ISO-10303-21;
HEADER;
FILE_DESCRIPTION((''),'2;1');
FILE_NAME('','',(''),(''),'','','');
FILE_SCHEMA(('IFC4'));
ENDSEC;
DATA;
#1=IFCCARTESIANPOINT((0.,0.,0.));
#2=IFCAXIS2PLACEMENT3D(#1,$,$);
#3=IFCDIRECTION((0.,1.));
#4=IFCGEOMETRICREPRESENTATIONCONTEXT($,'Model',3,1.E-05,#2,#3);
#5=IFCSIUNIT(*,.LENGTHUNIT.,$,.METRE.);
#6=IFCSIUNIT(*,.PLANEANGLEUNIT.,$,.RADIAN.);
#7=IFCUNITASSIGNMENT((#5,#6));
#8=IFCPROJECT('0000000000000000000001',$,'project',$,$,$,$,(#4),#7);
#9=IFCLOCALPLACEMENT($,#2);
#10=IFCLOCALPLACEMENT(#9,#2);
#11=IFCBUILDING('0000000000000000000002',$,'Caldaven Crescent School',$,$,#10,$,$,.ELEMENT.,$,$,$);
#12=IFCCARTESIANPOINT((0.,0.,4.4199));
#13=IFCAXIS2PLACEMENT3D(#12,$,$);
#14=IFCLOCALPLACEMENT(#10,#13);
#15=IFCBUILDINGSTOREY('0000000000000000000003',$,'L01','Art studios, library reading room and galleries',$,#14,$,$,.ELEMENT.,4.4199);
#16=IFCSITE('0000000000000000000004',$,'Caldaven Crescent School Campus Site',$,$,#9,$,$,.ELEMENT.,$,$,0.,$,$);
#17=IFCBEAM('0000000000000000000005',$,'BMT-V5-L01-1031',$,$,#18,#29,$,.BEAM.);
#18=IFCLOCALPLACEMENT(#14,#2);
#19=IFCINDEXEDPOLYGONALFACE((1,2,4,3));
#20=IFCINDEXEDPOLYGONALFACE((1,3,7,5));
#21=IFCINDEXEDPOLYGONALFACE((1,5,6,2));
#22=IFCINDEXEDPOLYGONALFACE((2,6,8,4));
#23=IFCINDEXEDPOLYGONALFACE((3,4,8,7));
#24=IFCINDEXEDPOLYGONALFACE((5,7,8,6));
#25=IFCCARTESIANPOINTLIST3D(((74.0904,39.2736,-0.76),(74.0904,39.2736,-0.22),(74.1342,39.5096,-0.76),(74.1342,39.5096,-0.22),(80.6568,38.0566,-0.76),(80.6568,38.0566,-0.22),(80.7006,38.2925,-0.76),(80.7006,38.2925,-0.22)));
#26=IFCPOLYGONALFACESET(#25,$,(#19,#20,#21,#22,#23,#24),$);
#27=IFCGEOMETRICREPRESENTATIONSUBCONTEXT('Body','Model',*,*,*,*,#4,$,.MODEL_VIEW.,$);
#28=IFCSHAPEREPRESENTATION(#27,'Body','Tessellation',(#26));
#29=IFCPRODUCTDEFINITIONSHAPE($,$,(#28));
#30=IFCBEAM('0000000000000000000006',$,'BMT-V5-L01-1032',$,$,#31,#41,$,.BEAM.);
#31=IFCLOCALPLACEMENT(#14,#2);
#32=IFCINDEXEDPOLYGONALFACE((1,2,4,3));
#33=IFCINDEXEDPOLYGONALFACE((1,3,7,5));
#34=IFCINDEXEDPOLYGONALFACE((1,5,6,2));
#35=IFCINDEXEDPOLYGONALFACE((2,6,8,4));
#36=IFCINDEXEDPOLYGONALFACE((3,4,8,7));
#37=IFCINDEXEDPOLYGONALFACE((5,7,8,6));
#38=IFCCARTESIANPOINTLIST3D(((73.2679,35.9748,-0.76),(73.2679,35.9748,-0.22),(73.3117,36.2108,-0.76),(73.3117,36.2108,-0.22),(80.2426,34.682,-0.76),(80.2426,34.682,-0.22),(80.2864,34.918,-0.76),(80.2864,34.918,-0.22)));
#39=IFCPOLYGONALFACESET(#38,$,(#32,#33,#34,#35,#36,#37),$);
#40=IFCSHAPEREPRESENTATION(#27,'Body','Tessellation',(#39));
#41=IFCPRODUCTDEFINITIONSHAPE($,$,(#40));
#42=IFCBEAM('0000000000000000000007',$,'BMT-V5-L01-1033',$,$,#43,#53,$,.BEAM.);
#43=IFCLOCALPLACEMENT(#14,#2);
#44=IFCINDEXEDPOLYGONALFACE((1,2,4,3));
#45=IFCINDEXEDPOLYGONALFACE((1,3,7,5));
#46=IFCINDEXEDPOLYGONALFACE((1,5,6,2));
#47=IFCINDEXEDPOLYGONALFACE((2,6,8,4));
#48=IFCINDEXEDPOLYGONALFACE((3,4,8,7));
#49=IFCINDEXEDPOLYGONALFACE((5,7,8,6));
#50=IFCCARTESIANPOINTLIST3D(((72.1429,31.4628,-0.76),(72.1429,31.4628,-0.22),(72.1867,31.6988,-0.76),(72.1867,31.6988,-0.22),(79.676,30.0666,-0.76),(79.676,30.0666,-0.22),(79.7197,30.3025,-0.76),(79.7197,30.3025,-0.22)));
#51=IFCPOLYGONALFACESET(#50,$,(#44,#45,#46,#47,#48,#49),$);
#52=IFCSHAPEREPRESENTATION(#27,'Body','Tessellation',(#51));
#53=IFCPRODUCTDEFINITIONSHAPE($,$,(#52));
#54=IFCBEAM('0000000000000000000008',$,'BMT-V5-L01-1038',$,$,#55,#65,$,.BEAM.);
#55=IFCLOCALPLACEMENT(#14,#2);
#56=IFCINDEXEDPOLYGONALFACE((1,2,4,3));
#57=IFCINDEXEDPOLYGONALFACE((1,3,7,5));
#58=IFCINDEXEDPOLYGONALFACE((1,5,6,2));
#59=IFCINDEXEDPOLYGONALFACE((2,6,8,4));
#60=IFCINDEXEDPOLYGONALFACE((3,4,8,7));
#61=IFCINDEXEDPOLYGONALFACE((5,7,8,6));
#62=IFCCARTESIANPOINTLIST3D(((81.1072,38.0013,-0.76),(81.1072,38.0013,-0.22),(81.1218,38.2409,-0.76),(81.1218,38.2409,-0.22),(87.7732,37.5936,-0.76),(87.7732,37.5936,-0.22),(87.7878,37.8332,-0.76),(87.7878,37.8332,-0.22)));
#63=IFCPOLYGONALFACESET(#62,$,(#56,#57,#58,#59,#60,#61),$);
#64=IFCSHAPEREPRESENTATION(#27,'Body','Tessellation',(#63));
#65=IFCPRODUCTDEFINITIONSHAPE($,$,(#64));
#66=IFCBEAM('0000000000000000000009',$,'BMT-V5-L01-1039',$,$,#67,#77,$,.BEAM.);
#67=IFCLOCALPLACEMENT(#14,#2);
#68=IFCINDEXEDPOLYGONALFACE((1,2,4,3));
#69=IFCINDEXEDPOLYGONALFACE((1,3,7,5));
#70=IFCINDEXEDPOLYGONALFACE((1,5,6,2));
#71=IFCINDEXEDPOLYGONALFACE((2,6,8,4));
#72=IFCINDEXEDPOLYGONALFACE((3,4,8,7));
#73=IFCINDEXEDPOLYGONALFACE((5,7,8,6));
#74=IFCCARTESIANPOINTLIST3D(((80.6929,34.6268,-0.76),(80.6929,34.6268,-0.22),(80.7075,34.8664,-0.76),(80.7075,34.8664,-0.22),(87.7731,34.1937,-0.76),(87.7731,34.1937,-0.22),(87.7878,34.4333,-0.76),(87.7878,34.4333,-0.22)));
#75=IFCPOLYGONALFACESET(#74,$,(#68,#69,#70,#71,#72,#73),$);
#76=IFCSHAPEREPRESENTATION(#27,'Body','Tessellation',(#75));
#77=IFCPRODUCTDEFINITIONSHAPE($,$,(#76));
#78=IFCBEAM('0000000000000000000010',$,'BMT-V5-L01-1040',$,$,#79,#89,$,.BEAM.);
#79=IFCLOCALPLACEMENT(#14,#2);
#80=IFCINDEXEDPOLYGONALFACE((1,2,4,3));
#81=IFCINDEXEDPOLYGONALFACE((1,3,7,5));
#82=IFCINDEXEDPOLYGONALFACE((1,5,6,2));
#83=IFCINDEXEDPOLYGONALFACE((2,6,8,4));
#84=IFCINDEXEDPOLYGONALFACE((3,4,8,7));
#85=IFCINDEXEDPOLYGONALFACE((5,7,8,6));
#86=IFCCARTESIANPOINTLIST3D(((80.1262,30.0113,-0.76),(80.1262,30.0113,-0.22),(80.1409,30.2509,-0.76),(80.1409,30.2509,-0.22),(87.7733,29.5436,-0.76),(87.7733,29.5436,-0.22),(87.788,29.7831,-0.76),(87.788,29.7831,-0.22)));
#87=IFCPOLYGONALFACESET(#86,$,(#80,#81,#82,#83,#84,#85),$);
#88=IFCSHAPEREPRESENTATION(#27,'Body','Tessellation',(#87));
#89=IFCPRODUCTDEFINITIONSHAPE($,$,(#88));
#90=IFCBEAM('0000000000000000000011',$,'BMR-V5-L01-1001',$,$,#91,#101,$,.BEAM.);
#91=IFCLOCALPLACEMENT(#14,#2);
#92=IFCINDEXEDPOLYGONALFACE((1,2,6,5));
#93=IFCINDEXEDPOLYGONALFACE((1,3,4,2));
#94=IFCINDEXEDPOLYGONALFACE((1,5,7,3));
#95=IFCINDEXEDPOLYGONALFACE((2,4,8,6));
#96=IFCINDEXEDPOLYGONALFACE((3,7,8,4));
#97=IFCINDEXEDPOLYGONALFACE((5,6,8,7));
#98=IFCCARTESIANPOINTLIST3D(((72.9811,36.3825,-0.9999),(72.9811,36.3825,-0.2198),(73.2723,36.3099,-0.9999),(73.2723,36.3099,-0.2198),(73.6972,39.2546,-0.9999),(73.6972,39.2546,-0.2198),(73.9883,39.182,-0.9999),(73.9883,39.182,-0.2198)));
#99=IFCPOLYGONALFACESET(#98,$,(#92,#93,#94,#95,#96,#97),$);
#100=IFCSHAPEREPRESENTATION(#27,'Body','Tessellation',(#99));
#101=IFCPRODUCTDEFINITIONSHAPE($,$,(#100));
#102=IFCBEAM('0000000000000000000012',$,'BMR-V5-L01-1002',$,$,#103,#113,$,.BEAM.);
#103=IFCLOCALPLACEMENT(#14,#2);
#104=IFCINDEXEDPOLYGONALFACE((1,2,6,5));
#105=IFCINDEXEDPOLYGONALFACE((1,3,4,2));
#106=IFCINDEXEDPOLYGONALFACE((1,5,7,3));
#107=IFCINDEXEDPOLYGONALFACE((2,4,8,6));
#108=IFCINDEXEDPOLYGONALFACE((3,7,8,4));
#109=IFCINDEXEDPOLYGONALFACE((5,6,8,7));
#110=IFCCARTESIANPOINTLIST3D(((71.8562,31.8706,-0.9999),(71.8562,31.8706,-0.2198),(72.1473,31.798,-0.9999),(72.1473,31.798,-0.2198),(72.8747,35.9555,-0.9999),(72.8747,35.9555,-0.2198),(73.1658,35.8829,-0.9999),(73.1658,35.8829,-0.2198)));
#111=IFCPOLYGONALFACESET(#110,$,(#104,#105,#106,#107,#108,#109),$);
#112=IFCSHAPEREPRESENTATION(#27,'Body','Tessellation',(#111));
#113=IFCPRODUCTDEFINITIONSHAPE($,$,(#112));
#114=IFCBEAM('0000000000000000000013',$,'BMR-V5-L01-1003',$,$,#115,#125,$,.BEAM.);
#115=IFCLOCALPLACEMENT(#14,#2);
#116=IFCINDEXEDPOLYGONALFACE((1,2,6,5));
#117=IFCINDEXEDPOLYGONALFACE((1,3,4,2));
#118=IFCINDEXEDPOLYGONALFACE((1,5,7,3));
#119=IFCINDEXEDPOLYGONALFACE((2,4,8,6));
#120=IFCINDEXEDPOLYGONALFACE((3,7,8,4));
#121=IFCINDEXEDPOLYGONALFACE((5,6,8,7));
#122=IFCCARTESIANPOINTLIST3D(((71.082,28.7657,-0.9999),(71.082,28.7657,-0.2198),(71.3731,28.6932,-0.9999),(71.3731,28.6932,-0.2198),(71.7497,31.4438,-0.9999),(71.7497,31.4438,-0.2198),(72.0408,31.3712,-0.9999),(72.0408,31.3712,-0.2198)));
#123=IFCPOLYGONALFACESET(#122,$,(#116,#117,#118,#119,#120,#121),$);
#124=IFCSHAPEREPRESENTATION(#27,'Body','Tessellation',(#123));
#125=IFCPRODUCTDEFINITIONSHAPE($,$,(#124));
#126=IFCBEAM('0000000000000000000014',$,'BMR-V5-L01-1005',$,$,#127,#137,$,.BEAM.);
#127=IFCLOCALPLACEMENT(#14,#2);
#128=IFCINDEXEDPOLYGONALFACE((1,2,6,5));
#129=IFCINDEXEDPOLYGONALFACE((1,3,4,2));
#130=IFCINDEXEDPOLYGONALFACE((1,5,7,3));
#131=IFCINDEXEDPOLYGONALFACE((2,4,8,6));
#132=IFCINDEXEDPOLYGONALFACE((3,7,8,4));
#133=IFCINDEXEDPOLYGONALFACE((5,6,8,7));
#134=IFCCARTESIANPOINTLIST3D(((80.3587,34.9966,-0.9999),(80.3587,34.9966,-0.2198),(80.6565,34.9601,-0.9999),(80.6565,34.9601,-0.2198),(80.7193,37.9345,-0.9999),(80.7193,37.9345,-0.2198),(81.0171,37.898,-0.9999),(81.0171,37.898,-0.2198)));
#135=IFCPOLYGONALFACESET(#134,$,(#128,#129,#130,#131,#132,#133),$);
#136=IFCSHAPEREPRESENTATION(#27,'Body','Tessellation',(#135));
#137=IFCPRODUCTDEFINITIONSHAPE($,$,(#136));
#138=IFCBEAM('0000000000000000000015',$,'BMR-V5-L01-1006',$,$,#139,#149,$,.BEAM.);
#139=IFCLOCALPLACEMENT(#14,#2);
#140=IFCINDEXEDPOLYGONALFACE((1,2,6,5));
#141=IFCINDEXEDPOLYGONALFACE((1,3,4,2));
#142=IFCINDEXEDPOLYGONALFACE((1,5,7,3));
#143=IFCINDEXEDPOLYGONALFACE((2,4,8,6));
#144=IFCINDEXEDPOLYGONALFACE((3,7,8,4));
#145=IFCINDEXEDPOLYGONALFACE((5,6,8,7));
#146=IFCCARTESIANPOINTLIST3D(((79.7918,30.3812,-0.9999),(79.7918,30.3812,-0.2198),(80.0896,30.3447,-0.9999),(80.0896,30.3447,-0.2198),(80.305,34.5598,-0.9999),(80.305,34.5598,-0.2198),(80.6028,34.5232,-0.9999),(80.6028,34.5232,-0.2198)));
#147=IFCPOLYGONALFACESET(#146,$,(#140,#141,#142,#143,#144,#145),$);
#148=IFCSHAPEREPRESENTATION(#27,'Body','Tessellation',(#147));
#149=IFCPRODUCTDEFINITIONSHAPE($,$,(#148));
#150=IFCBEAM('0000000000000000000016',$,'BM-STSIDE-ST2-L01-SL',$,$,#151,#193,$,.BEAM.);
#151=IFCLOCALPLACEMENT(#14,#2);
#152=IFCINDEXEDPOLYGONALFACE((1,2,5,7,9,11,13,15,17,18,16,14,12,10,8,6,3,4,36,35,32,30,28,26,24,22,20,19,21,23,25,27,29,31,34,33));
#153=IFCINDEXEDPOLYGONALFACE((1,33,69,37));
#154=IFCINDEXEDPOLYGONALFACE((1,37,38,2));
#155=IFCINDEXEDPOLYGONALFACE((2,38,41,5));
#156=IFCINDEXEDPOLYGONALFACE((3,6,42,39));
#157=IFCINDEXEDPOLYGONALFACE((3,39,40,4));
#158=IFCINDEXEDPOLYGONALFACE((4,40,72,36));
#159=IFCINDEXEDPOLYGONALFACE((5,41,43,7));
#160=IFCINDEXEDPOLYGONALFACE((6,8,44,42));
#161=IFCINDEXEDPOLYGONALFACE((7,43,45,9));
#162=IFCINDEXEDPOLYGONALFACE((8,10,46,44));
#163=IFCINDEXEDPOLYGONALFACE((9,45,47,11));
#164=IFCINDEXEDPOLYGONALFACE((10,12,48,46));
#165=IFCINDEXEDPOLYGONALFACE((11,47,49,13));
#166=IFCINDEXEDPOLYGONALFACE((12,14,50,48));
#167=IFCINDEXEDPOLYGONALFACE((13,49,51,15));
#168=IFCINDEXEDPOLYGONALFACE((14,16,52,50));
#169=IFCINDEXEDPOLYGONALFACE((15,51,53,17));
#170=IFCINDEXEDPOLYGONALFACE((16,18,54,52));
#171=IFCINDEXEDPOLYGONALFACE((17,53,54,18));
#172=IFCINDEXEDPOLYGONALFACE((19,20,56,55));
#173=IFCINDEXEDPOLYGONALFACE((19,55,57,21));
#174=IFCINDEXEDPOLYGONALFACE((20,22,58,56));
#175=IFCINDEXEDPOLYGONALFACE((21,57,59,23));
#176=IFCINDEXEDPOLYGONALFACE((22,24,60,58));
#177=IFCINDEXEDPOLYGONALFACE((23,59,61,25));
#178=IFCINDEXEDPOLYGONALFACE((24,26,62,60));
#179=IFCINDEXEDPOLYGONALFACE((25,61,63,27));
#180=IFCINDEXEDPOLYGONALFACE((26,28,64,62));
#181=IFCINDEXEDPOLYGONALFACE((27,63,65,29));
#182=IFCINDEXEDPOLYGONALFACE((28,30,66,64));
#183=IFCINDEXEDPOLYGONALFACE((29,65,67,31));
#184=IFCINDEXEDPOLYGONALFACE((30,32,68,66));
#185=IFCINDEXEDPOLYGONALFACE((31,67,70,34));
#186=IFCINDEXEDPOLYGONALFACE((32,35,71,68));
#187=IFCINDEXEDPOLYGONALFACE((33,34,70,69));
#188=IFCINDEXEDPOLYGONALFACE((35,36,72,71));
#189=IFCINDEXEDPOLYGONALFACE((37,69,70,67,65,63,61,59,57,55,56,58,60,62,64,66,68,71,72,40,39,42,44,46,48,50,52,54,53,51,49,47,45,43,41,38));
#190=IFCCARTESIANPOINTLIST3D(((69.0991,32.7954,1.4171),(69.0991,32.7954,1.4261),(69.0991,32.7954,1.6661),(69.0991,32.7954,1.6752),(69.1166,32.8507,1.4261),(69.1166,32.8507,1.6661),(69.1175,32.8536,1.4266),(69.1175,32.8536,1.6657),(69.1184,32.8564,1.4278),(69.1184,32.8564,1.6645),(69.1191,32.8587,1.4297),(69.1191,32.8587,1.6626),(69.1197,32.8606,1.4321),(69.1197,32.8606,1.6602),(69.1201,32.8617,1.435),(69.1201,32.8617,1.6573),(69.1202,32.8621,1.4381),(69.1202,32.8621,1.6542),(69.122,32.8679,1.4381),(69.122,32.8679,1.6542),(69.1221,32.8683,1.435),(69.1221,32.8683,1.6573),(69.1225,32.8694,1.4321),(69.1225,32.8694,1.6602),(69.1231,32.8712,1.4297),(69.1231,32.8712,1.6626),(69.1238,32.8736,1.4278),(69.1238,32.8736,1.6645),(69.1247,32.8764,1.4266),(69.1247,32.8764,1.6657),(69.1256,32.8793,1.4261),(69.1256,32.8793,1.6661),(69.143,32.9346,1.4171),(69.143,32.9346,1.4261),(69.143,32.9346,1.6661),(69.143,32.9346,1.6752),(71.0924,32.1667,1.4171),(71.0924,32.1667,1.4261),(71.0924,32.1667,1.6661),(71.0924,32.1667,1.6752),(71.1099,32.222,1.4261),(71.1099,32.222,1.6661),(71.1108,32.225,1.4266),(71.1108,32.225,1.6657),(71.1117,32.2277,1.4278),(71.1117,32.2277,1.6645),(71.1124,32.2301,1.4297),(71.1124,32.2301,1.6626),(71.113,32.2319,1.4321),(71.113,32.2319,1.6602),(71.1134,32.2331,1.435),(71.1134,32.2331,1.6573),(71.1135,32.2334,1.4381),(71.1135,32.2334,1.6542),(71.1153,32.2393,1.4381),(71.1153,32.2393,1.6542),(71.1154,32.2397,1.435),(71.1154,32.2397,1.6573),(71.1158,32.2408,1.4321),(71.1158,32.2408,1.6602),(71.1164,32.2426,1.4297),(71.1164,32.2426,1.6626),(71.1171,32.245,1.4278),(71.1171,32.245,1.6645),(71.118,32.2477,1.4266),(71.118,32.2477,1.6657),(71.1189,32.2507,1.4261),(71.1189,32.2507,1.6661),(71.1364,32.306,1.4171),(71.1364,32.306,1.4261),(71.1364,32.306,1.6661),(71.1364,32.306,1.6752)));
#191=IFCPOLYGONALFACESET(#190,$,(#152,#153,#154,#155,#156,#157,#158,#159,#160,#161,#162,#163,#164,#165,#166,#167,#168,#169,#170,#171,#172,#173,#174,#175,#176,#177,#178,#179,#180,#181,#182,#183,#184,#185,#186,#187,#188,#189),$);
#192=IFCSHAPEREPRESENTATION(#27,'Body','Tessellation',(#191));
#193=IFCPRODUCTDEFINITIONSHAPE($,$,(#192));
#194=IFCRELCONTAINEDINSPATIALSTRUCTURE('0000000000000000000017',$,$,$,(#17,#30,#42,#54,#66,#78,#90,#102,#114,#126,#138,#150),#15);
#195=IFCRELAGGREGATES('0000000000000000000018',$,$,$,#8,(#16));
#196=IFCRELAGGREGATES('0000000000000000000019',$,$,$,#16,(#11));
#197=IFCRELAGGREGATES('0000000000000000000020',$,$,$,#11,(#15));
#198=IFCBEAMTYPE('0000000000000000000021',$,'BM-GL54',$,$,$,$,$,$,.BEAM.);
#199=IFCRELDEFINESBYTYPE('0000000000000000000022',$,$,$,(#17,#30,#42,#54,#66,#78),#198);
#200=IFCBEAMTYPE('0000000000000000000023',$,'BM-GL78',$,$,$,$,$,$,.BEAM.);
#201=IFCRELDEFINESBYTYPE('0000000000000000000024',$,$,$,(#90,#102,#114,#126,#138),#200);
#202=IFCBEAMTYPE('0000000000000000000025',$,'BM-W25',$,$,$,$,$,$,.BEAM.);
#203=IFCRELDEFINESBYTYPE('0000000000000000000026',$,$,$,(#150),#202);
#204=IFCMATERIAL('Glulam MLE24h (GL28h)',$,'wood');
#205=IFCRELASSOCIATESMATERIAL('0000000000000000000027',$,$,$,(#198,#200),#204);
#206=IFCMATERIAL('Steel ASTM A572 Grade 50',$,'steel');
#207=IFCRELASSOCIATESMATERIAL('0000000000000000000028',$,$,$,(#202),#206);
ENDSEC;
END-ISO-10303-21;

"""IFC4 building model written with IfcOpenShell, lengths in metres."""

from ifc_helpers import new_model, si_unit, direction, frame, origin, origin_2d, place, context, subcontext, project, spatial, rectangle, i_section, extrude, material, material_profile, profile_set, type_object, element, save


model = new_model("IFC4")

# Units and contexts
model_context = context("Model", 3, precision=1e-05, world=origin(), true_north=direction((0.0, 1.0)))
body_context = subcontext(model_context, "Body", "Model", "MODEL_VIEW")
ifc_project = project(units=[si_unit("LENGTHUNIT", "METRE"), si_unit("PLANEANGLEUNIT", "RADIAN")], contexts=[model_context])

# Site, building, storey
site_placement = place(None, origin())
site = spatial("IfcSite", under=ifc_project, at=site_placement, Name="Caldaven Crescent School Campus Site", CompositionType="ELEMENT", RefElevation=0.0)
building_placement = place(site_placement, origin())
building = spatial("IfcBuilding", under=site, at=building_placement, Name="Caldaven Crescent School", CompositionType="ELEMENT")
storey_placement = place(building_placement, frame((0.0, 0.0, 4.4199)))
storey = spatial("IfcBuildingStorey", under=building, at=storey_placement, Name="L01", Description="Art studios, library reading room and galleries", CompositionType="ELEMENT", Elevation=4.4199)

# Shared definitions
ifc_material_1 = material(Name="Glulam MLE24h (GL28h)", Category="wood")
ifc_material_2 = material(Name="Steel ASTM A572 Grade 50", Category="steel")

# Beams
ifc_material_profile_1 = material_profile(ifc_material_1, rectangle(XDim=0.24, YDim=0.54, at=origin_2d()), Name="MLE 240x540")
ifc_profile_set_1 = profile_set([ifc_material_profile_1], Name="Glulam MLE24h (GL28h)")
beam_type_1 = type_object("IfcBeamType", Name="BM-GL54", PredefinedType="BEAM", material=ifc_profile_set_1)
beam_1_placement = place(storey_placement, frame((74.1123, 39.3916, -0.49), z_axis=(0.983254, -0.18224, 0.0), x_axis=(0.18224, 0.983254, 0.0)))
element("IfcBeam", 1, at=beam_1_placement, inside=storey, type_object=beam_type_1, Name="BMT-V5-L01-1031", PredefinedType="BEAM", context=body_context, shape_type="SweptSolid", body=[
    extrude(rectangle(XDim=0.24, YDim=0.54, at=origin_2d()), origin(), (0.0, 0.0, 1.0), 6.6782),
])
beam_2_placement = place(storey_placement, frame((73.2898, 36.0928, -0.49), z_axis=(0.983253, -0.182243, 0.0), x_axis=(0.182243, 0.983253, 0.0)))
element("IfcBeam", 2, at=beam_2_placement, inside=storey, type_object=beam_type_1, Name="BMT-V5-L01-1032", PredefinedType="BEAM", context=body_context, shape_type="SweptSolid", body=[
    extrude(rectangle(XDim=0.24, YDim=0.54, at=origin_2d()), origin(), (0.0, 0.0, 1.0), 7.0935),
])
beam_3_placement = place(storey_placement, frame((72.1648, 31.5808, -0.49), z_axis=(0.983253, -0.182247, 0.0), x_axis=(0.182247, 0.983253, 0.0)))
element("IfcBeam", 3, at=beam_3_placement, inside=storey, type_object=beam_type_1, Name="BMT-V5-L01-1033", PredefinedType="BEAM", context=body_context, shape_type="SweptSolid", body=[
    extrude(rectangle(XDim=0.24, YDim=0.54, at=origin_2d()), origin(), (0.0, 0.0, 1.0), 7.6614),
])
beam_4_placement = place(storey_placement, frame((81.1145, 38.1211, -0.49), z_axis=(0.998135, -0.061049, 0.0), x_axis=(0.061049, 0.998135, 0.0)))
element("IfcBeam", 4, at=beam_4_placement, inside=storey, type_object=beam_type_1, Name="BMT-V5-L01-1038", PredefinedType="BEAM", context=body_context, shape_type="SweptSolid", body=[
    extrude(rectangle(XDim=0.24, YDim=0.54, at=origin_2d()), origin(), (0.0, 0.0, 1.0), 6.6785),
])
beam_5_placement = place(storey_placement, frame((80.7002, 34.7466, -0.49), z_axis=(0.998134, -0.061056, 0.0), x_axis=(0.061056, 0.998134, 0.0)))
element("IfcBeam", 5, at=beam_5_placement, inside=storey, type_object=beam_type_1, Name="BMT-V5-L01-1039", PredefinedType="BEAM", context=body_context, shape_type="SweptSolid", body=[
    extrude(rectangle(XDim=0.24, YDim=0.54, at=origin_2d()), origin(), (0.0, 0.0, 1.0), 7.0935),
])
beam_6_placement = place(storey_placement, frame((80.1335, 30.1311, -0.49), z_axis=(0.998134, -0.061057, 0.0), x_axis=(0.061057, 0.998134, 0.0)))
element("IfcBeam", 6, at=beam_6_placement, inside=storey, type_object=beam_type_1, Name="BMT-V5-L01-1040", PredefinedType="BEAM", context=body_context, shape_type="SweptSolid", body=[
    extrude(rectangle(XDim=0.24, YDim=0.54, at=origin_2d()), origin(), (0.0, 0.0, 1.0), 7.6614),
])
ifc_material_profile_2 = material_profile(ifc_material_1, rectangle(XDim=0.3, YDim=0.78, at=origin_2d()), Name="MLE 300x780")
ifc_profile_set_2 = profile_set([ifc_material_profile_2], Name="Glulam MLE24h (GL28h)")
beam_type_2 = type_object("IfcBeamType", Name="BM-GL78", PredefinedType="BEAM", material=ifc_profile_set_2)
beam_7_placement = place(storey_placement, frame((73.8428, 39.2183, -0.6099), z_axis=(-0.241915, -0.970298, 0.0), x_axis=(0.970298, -0.241915, 0.0)))
element("IfcBeam", 7, at=beam_7_placement, inside=storey, type_object=beam_type_2, Name="BMR-V5-L01-1001", PredefinedType="BEAM", context=body_context, shape_type="SweptSolid", body=[
    extrude(rectangle(XDim=0.3, YDim=0.78, at=origin_2d()), origin(), (0.0, 0.0, 1.0), 2.96),
])
beam_8_placement = place(storey_placement, frame((73.0203, 35.9192, -0.6099), z_axis=(-0.241935, -0.970292, 0.0), x_axis=(0.970292, -0.241935, 0.0)))
element("IfcBeam", 8, at=beam_8_placement, inside=storey, type_object=beam_type_2, Name="BMR-V5-L01-1002", PredefinedType="BEAM", context=body_context, shape_type="SweptSolid", body=[
    extrude(rectangle(XDim=0.3, YDim=0.78, at=origin_2d()), origin(), (0.0, 0.0, 1.0), 4.21),
])
beam_9_placement = place(storey_placement, frame((71.8953, 31.4075, -0.6099), z_axis=(-0.241932, -0.970293, 0.0), x_axis=(0.970293, -0.241932, 0.0)))
element("IfcBeam", 9, at=beam_9_placement, inside=storey, type_object=beam_type_2, Name="BMR-V5-L01-1003", PredefinedType="BEAM", context=body_context, shape_type="SweptSolid", body=[
    extrude(rectangle(XDim=0.3, YDim=0.78, at=origin_2d()), origin(), (0.0, 0.0, 1.0), 2.76),
])
beam_10_placement = place(storey_placement, frame((80.8682, 37.9163, -0.6099), z_axis=(-0.121821, -0.992552, 0.0), x_axis=(0.992552, -0.121821, 0.0)))
element("IfcBeam", 10, at=beam_10_placement, inside=storey, type_object=beam_type_2, Name="BMR-V5-L01-1005", PredefinedType="BEAM", context=body_context, shape_type="SweptSolid", body=[
    extrude(rectangle(XDim=0.3, YDim=0.78, at=origin_2d()), origin(), (0.0, 0.0, 1.0), 2.96),
])
beam_11_placement = place(storey_placement, frame((80.4539, 34.5415, -0.6099), z_axis=(-0.1219, -0.992542, 0.0), x_axis=(0.992542, -0.1219, 0.0)))
element("IfcBeam", 11, at=beam_11_placement, inside=storey, type_object=beam_type_2, Name="BMR-V5-L01-1006", PredefinedType="BEAM", context=body_context, shape_type="SweptSolid", body=[
    extrude(rectangle(XDim=0.3, YDim=0.78, at=origin_2d()), origin(), (0.0, 0.0, 1.0), 4.21),
])
ifc_material_profile_3 = material_profile(ifc_material_2, i_section(OverallWidth=0.146, OverallDepth=0.2581, WebThickness=0.0061, FlangeThickness=0.009, FilletRadius=0.012, at=origin_2d()), Name="W250x33")
ifc_profile_set_3 = profile_set([ifc_material_profile_3], Name="Steel ASTM A572 Grade 50")
beam_type_3 = type_object("IfcBeamType", Name="BM-W25", PredefinedType="BEAM", material=ifc_profile_set_3)
beam_12_placement = place(storey_placement, frame((69.1211, 32.865, 1.5461), z_axis=(0.953697, -0.300768, 0.0), x_axis=(0.300768, 0.953697, 0.0)))
element("IfcBeam", 12, at=beam_12_placement, inside=storey, type_object=beam_type_3, Name="BM-STSIDE-ST2-L01-SL", PredefinedType="BEAM", context=body_context, shape_type="SweptSolid", body=[
    extrude(i_section(OverallWidth=0.146, OverallDepth=0.2581, WebThickness=0.0061, FlangeThickness=0.009, FilletRadius=0.012, at=origin_2d()), origin(), (0.0, 0.0, 1.0), 2.0901),
])

save(model, "model.ifc")
